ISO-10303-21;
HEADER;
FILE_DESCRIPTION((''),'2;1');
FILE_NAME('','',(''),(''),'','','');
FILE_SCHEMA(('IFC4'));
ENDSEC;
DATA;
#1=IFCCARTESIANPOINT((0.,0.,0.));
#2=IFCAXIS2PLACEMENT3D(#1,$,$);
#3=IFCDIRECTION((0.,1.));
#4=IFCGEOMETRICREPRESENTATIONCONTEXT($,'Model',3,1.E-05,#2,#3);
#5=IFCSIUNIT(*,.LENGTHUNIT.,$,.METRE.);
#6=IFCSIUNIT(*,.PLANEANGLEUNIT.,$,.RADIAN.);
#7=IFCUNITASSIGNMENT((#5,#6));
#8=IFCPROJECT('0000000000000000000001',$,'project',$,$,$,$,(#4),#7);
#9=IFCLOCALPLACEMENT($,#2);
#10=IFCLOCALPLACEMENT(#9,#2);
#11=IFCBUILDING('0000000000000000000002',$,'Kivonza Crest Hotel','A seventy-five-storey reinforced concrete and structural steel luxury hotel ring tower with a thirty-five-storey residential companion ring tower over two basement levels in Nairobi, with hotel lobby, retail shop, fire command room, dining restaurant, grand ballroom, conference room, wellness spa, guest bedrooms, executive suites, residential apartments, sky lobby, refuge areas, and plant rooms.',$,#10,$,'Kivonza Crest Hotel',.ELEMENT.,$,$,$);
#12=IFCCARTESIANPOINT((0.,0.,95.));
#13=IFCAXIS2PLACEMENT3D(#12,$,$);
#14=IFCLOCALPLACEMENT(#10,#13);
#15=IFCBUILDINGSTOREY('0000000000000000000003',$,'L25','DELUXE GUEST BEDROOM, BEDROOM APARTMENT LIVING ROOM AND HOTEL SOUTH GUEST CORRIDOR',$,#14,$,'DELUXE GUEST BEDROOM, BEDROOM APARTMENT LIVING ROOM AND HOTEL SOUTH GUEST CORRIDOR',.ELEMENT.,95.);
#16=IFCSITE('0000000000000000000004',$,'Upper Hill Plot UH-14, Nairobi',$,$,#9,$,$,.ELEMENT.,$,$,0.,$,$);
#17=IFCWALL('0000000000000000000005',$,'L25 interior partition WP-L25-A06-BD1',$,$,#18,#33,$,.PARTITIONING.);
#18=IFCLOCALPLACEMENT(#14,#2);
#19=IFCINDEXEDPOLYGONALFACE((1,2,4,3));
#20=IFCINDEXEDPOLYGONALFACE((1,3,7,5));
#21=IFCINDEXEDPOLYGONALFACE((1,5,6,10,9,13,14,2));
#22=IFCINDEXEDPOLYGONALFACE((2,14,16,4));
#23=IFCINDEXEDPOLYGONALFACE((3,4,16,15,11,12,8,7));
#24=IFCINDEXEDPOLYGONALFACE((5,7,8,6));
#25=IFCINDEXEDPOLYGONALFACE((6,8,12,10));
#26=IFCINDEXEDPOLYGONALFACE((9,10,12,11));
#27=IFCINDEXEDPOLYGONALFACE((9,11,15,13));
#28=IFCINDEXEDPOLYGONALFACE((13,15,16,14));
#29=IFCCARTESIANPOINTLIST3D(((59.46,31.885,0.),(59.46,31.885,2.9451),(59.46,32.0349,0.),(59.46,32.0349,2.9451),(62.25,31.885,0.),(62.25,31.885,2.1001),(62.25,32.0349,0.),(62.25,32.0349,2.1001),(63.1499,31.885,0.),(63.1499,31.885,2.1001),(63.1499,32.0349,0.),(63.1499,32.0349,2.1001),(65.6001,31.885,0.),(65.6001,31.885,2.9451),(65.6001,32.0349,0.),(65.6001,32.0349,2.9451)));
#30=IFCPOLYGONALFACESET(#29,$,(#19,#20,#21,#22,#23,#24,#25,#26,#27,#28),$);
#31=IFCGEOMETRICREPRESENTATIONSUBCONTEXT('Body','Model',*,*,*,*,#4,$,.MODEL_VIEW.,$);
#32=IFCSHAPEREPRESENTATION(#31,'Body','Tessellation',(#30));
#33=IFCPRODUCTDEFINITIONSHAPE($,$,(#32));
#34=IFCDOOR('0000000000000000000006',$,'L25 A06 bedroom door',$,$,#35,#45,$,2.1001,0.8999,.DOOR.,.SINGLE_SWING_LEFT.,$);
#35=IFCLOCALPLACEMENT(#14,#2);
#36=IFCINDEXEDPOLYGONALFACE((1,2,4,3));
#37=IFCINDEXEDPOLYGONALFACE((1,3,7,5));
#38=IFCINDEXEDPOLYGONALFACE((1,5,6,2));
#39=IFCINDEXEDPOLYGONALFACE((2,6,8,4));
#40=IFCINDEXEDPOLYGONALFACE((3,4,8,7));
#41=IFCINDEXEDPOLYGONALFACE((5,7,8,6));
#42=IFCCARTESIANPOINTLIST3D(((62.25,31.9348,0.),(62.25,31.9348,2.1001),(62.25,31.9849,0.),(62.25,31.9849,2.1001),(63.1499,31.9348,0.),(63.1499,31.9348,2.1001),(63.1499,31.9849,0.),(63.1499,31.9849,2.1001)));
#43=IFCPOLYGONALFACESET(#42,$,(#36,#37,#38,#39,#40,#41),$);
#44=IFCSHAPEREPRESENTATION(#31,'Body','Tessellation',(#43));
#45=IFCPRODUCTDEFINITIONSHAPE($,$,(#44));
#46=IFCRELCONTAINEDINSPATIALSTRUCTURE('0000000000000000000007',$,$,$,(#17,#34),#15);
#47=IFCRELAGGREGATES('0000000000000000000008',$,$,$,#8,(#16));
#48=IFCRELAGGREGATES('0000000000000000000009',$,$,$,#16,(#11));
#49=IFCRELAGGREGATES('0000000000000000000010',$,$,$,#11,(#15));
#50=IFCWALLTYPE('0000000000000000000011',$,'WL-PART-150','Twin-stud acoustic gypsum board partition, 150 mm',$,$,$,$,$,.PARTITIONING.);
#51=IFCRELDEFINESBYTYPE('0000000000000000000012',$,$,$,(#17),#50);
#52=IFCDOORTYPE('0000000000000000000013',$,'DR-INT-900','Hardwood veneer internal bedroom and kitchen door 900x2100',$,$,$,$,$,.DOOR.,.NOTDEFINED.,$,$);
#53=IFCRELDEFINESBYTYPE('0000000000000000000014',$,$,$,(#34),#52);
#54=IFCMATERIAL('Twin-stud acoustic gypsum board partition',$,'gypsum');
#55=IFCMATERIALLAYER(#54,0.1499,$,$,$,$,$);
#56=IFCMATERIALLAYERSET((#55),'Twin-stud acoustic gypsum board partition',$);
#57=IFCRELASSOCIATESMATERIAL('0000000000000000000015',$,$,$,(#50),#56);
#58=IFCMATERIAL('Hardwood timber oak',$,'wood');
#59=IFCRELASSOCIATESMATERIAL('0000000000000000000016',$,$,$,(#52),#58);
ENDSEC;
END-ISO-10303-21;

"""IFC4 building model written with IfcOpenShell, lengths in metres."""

from ifc_helpers import new_model, si_unit, direction, frame, frame_2d, origin, place, context, subcontext, project, spatial, rectangle, extrude, material, layer, layer_set, type_object, element, fill, save


model = new_model("IFC4")

# Units and contexts
model_context = context("Model", 3, precision=1e-05, world=origin(), true_north=direction((0.0, 1.0)))
body_context = subcontext(model_context, "Body", "Model", "MODEL_VIEW")
ifc_project = project(units=[si_unit("LENGTHUNIT", "METRE"), si_unit("PLANEANGLEUNIT", "RADIAN")], contexts=[model_context])

# Site, building, storey
site_placement = place(None, origin())
site = spatial("IfcSite", under=ifc_project, at=site_placement, Name="Upper Hill Plot UH-14, Nairobi", CompositionType="ELEMENT", RefElevation=0.0)
building_placement = place(site_placement, origin())
building = spatial("IfcBuilding", under=site, at=building_placement, Name="Kivonza Crest Hotel", Description="A seventy-five-storey reinforced concrete and structural steel luxury hotel ring tower with a thirty-five-storey residential companion ring tower over two basement levels in Nairobi, with hotel lobby, retail shop, fire command room, dining restaurant, grand ballroom, conference room, wellness spa, guest bedrooms, executive suites, residential apartments, sky lobby, refuge areas, and plant rooms.", LongName="Kivonza Crest Hotel", CompositionType="ELEMENT")
storey_placement = place(building_placement, frame((0.0, 0.0, 95.0)))
storey = spatial("IfcBuildingStorey", under=building, at=storey_placement, Name="L25", Description="DELUXE GUEST BEDROOM, BEDROOM APARTMENT LIVING ROOM AND HOTEL SOUTH GUEST CORRIDOR", LongName="DELUXE GUEST BEDROOM, BEDROOM APARTMENT LIVING ROOM AND HOTEL SOUTH GUEST CORRIDOR", CompositionType="ELEMENT", Elevation=95.0)

# Wall, opening, door
ifc_material_1 = material(Name="Twin-stud acoustic gypsum board partition", Category="gypsum")
ifc_layer_1 = layer(ifc_material_1, 0.1499)
ifc_layer_set_1 = layer_set([ifc_layer_1], Name="Twin-stud acoustic gypsum board partition")
wall_type_1 = type_object("IfcWallType", Name="WL-PART-150", Description="Twin-stud acoustic gypsum board partition, 150 mm", PredefinedType="PARTITIONING", material=ifc_layer_set_1)
wall_1_placement = place(storey_placement, frame((59.46, 31.96, 0.0), z_axis=(0.0, 0.0, 1.0), x_axis=(1.0, 0.0, 0.0)))
wall_1 = element("IfcWall", 1, at=wall_1_placement, inside=storey, type_object=wall_type_1, Name="L25 interior partition WP-L25-A06-BD1", PredefinedType="PARTITIONING", context=body_context, shape_type="SweptSolid", body=[
    extrude(rectangle(XDim=6.1401, YDim=0.1499, at=frame_2d((3.0701, 0.0))), origin(), (0.0, 0.0, 1.0), 2.9451),
])
opening_1_placement = place(wall_1_placement, frame((2.79, 0.0, 0.0)))
opening_1 = element("IfcOpeningElement", 2, at=opening_1_placement, cuts=wall_1, PredefinedType="OPENING", context=body_context, shape_type="SweptSolid", body=[
    extrude(rectangle(XDim=0.8999, YDim=2.1001, at=frame_2d((0.45, 1.05))), frame((0.0, 0.085, 0.0), z_axis=(0.0, -1.0, 0.0), x_axis=(1.0, 0.0, 0.0)), (0.0, 0.0, 1.0), 0.1699),
])
ifc_material_2 = material(Name="Hardwood timber oak", Category="wood")
door_type = type_object("IfcDoorType", Name="DR-INT-900", Description="Hardwood veneer internal bedroom and kitchen door 900x2100", OperationType="NOTDEFINED", PredefinedType="DOOR", material=ifc_material_2)
door_placement = place(opening_1_placement, origin())
door = element("IfcDoor", 3, at=door_placement, inside=storey, type_object=door_type, Name="L25 A06 bedroom door", OperationType="SINGLE_SWING_LEFT", OverallHeight=2.1001, OverallWidth=0.8999, PredefinedType="DOOR", context=body_context, shape_type="SweptSolid", body=[
    extrude(rectangle(XDim=0.8999, YDim=2.1001, at=frame_2d((0.45, 1.05))), frame((0.0, 0.0249, 0.0), z_axis=(0.0, -1.0, 0.0), x_axis=(1.0, 0.0, 0.0)), (0.0, 0.0, 1.0), 0.05),
])
fill(opening_1, door)

save(model, "model.ifc")
